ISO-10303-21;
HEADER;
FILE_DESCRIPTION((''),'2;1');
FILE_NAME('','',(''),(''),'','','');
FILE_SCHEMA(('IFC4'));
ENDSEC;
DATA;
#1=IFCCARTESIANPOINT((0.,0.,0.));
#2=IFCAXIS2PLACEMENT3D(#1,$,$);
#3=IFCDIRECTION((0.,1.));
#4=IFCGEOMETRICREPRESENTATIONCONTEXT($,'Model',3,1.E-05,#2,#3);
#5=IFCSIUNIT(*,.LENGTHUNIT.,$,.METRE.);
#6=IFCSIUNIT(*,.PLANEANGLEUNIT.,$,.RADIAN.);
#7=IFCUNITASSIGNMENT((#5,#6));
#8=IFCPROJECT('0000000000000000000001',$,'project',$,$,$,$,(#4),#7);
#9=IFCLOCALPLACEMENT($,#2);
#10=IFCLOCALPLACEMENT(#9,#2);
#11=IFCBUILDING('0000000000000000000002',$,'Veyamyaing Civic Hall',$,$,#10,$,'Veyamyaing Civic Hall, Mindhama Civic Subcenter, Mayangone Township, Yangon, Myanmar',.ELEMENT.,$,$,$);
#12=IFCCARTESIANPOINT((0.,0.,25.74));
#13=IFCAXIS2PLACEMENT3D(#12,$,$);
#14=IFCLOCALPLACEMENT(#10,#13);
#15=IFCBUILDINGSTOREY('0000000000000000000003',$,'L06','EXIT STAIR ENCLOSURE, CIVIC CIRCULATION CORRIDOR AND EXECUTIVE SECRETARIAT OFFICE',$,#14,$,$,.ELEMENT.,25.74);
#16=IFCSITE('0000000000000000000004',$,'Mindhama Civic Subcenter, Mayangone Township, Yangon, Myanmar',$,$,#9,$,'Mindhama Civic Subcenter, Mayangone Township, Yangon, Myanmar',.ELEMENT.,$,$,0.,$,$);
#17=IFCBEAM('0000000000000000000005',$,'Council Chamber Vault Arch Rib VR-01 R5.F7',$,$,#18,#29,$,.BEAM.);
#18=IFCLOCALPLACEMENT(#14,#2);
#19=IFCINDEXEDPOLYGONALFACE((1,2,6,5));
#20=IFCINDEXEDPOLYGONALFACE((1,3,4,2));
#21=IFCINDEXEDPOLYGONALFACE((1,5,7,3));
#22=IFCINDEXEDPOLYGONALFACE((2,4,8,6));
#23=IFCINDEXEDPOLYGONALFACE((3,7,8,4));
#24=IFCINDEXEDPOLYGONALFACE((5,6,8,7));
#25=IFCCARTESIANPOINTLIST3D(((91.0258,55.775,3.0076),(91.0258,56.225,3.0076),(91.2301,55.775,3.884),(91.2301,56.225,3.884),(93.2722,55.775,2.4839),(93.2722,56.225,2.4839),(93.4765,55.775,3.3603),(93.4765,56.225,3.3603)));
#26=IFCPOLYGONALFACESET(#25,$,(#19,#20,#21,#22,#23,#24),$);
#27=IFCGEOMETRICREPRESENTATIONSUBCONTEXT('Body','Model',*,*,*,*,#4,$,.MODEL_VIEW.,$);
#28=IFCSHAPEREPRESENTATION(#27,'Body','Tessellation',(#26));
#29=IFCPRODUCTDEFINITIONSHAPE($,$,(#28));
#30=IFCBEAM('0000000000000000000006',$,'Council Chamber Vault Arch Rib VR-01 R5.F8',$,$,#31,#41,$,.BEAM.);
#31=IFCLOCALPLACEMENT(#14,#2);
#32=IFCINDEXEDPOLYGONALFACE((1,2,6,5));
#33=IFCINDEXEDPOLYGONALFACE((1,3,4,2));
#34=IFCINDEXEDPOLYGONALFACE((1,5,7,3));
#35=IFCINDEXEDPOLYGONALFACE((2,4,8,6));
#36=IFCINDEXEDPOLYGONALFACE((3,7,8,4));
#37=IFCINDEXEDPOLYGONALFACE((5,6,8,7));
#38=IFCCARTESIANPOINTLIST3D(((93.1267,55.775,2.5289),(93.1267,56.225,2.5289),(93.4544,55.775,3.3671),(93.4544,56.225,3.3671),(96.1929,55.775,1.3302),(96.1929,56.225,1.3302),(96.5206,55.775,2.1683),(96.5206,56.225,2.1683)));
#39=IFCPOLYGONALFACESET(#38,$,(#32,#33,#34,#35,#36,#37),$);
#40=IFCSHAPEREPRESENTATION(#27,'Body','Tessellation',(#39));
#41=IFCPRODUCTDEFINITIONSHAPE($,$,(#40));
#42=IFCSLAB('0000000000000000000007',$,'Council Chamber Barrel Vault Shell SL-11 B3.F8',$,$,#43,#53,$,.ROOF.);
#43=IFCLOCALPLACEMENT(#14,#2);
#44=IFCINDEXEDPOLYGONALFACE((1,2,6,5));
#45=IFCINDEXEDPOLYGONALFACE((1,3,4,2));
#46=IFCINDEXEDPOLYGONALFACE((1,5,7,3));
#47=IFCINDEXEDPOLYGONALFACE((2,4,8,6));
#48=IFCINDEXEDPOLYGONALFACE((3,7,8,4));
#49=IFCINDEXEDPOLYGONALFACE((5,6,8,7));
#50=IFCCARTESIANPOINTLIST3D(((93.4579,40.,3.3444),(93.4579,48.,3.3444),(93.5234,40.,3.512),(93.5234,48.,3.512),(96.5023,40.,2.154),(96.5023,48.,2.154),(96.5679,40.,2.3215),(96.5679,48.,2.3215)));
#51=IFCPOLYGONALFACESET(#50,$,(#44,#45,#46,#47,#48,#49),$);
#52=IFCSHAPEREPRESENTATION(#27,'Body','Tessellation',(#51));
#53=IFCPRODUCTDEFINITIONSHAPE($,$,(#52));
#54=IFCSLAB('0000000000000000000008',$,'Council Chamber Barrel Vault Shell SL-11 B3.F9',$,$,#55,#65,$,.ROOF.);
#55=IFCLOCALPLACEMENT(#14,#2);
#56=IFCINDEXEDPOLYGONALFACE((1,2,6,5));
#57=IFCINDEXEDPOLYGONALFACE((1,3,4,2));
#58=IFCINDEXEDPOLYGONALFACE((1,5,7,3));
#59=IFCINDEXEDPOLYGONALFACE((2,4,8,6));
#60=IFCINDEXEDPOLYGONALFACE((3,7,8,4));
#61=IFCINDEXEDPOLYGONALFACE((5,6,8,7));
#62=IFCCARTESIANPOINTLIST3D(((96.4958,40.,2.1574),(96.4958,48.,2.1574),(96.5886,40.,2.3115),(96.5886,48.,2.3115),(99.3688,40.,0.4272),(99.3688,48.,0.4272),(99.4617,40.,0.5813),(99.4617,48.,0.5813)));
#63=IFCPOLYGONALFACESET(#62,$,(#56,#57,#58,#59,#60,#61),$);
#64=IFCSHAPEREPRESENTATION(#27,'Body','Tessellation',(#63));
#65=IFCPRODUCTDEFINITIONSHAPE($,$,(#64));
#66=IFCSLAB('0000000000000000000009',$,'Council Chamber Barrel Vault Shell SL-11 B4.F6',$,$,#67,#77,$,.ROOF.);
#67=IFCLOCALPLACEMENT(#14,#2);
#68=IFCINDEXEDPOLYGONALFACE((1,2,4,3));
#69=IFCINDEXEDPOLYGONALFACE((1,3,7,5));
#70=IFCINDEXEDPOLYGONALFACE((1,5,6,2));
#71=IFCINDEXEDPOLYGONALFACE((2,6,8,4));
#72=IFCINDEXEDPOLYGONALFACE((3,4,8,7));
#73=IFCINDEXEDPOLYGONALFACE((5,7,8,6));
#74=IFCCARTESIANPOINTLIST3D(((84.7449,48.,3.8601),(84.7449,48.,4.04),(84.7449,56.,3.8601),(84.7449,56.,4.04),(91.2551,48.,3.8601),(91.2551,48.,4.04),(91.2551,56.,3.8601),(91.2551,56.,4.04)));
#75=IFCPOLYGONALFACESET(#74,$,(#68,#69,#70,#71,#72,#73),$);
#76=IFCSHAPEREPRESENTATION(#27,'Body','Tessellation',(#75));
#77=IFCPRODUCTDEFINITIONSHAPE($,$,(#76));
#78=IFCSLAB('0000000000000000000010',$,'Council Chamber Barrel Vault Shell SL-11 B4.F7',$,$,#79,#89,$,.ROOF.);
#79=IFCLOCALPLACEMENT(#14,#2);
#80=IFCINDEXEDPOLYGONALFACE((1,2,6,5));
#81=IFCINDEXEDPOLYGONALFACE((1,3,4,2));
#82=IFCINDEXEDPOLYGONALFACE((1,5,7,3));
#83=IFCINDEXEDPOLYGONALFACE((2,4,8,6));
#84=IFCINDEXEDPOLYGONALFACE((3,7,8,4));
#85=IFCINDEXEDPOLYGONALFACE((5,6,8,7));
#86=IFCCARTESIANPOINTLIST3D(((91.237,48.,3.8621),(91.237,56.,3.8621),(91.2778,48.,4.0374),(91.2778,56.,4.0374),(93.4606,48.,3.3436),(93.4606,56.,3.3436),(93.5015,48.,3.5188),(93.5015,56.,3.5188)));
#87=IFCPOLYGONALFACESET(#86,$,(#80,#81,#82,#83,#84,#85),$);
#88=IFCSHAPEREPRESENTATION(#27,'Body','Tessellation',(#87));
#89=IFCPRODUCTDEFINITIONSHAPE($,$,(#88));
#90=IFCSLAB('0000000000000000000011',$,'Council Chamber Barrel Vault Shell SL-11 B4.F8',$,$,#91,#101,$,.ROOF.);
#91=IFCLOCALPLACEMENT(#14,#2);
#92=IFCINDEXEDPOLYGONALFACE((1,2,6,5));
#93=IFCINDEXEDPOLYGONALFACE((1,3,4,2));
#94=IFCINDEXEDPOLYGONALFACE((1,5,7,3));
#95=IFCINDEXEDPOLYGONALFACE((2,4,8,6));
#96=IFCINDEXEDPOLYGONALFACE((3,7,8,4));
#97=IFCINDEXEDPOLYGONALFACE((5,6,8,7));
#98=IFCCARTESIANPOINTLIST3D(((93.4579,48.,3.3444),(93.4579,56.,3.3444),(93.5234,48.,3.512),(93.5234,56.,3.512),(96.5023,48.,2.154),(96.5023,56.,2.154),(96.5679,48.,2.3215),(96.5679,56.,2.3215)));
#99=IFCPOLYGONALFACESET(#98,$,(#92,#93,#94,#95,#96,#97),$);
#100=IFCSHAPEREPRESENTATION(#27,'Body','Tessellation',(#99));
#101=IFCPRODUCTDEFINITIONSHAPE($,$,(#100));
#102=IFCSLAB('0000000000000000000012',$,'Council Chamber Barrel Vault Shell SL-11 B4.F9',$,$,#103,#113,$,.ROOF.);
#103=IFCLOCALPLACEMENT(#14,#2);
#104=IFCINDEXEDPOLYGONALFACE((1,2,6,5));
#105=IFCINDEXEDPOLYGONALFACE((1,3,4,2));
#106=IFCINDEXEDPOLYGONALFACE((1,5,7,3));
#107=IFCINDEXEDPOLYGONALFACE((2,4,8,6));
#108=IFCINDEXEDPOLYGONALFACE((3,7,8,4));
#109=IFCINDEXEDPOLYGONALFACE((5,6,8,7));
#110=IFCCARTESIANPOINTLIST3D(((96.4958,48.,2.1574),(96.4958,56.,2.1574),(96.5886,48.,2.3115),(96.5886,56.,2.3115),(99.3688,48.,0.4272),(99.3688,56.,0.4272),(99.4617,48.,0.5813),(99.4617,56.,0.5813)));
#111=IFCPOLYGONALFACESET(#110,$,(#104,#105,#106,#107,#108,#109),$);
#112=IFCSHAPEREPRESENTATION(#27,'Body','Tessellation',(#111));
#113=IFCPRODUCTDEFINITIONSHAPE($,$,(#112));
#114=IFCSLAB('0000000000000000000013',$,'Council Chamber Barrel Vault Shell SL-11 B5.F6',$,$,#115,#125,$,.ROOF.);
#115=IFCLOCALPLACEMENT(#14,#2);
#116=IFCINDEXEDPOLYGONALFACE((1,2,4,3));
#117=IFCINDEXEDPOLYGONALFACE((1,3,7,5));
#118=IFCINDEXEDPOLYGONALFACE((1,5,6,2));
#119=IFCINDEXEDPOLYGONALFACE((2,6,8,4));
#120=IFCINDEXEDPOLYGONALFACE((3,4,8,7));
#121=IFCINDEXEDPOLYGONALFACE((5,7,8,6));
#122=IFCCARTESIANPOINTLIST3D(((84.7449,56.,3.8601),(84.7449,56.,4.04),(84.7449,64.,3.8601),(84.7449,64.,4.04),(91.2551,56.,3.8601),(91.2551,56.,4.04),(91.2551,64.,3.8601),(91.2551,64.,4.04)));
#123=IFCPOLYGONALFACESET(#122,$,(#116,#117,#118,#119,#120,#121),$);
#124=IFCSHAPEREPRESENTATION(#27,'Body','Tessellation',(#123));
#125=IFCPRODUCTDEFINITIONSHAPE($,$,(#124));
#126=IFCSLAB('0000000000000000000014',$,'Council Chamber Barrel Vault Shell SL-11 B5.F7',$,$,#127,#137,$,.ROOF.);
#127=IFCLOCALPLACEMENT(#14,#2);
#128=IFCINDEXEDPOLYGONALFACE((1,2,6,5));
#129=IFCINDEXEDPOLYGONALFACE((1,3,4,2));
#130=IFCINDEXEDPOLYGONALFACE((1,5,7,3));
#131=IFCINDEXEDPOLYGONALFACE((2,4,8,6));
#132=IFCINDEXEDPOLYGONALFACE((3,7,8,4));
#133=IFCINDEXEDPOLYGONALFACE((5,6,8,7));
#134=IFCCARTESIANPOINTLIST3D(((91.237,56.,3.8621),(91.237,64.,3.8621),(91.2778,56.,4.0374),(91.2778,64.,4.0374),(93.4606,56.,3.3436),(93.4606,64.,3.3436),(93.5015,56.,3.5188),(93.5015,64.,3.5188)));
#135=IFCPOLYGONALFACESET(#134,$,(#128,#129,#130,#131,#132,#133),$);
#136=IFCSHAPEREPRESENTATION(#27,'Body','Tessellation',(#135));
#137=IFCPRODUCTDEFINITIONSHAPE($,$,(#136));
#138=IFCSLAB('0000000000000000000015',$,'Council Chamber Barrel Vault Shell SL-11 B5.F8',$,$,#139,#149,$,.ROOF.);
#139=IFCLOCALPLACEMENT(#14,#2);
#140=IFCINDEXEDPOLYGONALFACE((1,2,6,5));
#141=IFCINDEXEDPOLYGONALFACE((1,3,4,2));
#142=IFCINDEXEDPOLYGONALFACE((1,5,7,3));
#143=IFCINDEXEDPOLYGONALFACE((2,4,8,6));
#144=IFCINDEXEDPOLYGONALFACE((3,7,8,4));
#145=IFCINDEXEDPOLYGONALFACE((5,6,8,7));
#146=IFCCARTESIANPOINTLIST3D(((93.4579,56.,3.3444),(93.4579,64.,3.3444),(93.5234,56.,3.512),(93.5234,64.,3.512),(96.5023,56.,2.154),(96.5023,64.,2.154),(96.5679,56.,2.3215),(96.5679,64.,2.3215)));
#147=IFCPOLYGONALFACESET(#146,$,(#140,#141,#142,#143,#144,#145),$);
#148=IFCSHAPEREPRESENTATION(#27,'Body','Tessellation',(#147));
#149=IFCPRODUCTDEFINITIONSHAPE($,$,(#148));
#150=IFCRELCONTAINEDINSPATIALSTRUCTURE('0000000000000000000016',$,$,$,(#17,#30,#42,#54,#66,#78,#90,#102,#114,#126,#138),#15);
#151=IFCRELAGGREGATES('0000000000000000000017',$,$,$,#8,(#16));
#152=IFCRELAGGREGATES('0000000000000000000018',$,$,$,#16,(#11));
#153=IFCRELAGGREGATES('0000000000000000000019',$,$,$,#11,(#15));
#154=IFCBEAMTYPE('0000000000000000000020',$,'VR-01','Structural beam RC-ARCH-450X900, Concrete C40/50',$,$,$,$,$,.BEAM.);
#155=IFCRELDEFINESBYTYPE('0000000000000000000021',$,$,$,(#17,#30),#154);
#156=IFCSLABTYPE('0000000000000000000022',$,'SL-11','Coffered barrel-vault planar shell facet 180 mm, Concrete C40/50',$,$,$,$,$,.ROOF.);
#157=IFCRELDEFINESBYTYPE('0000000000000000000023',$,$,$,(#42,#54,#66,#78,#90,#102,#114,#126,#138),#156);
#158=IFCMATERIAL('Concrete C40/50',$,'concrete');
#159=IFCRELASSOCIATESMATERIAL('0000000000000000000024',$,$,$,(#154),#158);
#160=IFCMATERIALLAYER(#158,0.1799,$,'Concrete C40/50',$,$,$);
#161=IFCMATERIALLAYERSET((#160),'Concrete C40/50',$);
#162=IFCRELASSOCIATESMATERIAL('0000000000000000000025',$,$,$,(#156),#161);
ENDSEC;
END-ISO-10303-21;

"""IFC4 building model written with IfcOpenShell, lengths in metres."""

from ifc_helpers import new_model, si_unit, direction, frame, origin, origin_2d, place, context, subcontext, project, spatial, polyline, rectangle, outline, extrude, material, layer, layer_set, material_profile, profile_set, type_object, element, save


model = new_model("IFC4")

# Units and contexts
model_context = context("Model", 3, precision=1e-05, world=origin(), true_north=direction((0.0, 1.0)))
body_context = subcontext(model_context, "Body", "Model", "MODEL_VIEW")
ifc_project = project(units=[si_unit("LENGTHUNIT", "METRE"), si_unit("PLANEANGLEUNIT", "RADIAN")], contexts=[model_context])

# Site, building, storey
site_placement = place(None, origin())
site = spatial("IfcSite", under=ifc_project, at=site_placement, Name="Mindhama Civic Subcenter, Mayangone Township, Yangon, Myanmar", LongName="Mindhama Civic Subcenter, Mayangone Township, Yangon, Myanmar", CompositionType="ELEMENT", RefElevation=0.0)
building_placement = place(site_placement, origin())
building = spatial("IfcBuilding", under=site, at=building_placement, Name="Veyamyaing Civic Hall", LongName="Veyamyaing Civic Hall, Mindhama Civic Subcenter, Mayangone Township, Yangon, Myanmar", CompositionType="ELEMENT")
storey_placement = place(building_placement, frame((0.0, 0.0, 25.74)))
storey = spatial("IfcBuildingStorey", under=building, at=storey_placement, Name="L06", Description="EXIT STAIR ENCLOSURE, CIVIC CIRCULATION CORRIDOR AND EXECUTIVE SECRETARIAT OFFICE", CompositionType="ELEMENT", Elevation=25.74)

# Beams
ifc_material = material(Name="Concrete C40/50", Category="concrete")
ifc_material_profile_1 = material_profile(ifc_material, rectangle(XDim=0.45, YDim=0.8999, at=origin_2d()), Name="RC-ARCH-450X900")
ifc_profile_set_1 = profile_set([ifc_material_profile_1], Name="Concrete C40/50")
beam_type_1 = type_object("IfcBeamType", Name="VR-01", Description="Structural beam RC-ARCH-450X900, Concrete C40/50", PredefinedType="BEAM", material=ifc_profile_set_1)
beam_1_placement = place(storey_placement, frame((91.1279, 56.0, 3.4458), z_axis=(0.973886, 0.0, -0.227039), x_axis=(0.0, 1.0, 0.0)))
element("IfcBeam", 1, at=beam_1_placement, inside=storey, type_object=beam_type_1, Name="Council Chamber Vault Arch Rib VR-01 R5.F7", PredefinedType="BEAM", context=body_context, shape_type="SweptSolid", body=[
    extrude(rectangle(XDim=0.45, YDim=0.8999, at=origin_2d()), origin(), (0.0, 0.0, 1.0), 2.3066),
])
beam_2_placement = place(storey_placement, frame((93.2905, 56.0, 2.948), z_axis=(0.931353, 0.0, -0.364117), x_axis=(0.0, 1.0, 0.0)))
element("IfcBeam", 2, at=beam_2_placement, inside=storey, type_object=beam_type_1, Name="Council Chamber Vault Arch Rib VR-01 R5.F8", PredefinedType="BEAM", context=body_context, shape_type="SweptSolid", body=[
    extrude(rectangle(XDim=0.45, YDim=0.8999, at=origin_2d()), origin(), (0.0, 0.0, 1.0), 3.2922),
])

# Slabs
ifc_layer = layer(ifc_material, 0.1799, Name="Concrete C40/50")
ifc_layer_set = layer_set([ifc_layer], Name="Concrete C40/50")
slab_type = type_object("IfcSlabType", Name="SL-11", Description="Coffered barrel-vault planar shell facet 180 mm, Concrete C40/50", PredefinedType="ROOF", material=ifc_layer_set)
slab_1_placement = place(storey_placement, frame((93.5234, 40.0, 3.512), z_axis=(0.364168, 0.0, 0.931333), x_axis=(0.931333, 0.0, -0.364168)))
element("IfcSlab", 3, at=slab_1_placement, inside=storey, type_object=slab_type, Name="Council Chamber Barrel Vault Shell SL-11 B3.F8", PredefinedType="ROOF", context=body_context, shape_type="SweptSolid", body=[
    extrude(outline(polyline([(0.0, 0.0), (3.2689, 0.0), (3.2689, 8.0), (0.0, 8.0), (0.0, 0.0)])), origin(), (0.0, 0.0, -1.0), 0.1799),
])
slab_2_placement = place(storey_placement, frame((96.5886, 40.0, 2.3115), z_axis=(0.515897, 0.0, 0.85665), x_axis=(0.85665, 0.0, -0.515897)))
element("IfcSlab", 4, at=slab_2_placement, inside=storey, type_object=slab_type, Name="Council Chamber Barrel Vault Shell SL-11 B3.F9", PredefinedType="ROOF", context=body_context, shape_type="SweptSolid", body=[
    extrude(outline(polyline([(0.0, 0.0), (3.3538, 0.0), (3.3538, 8.0), (0.0, 8.0), (0.0, 0.0)])), origin(), (0.0, 0.0, -1.0), 0.1799),
])
slab_3_placement = place(storey_placement, frame((84.7449, 48.0, 4.04), z_axis=(0.0, 0.0, 1.0), x_axis=(1.0, 0.0, 0.0)))
element("IfcSlab", 5, at=slab_3_placement, inside=storey, type_object=slab_type, Name="Council Chamber Barrel Vault Shell SL-11 B4.F6", PredefinedType="ROOF", context=body_context, shape_type="SweptSolid", body=[
    extrude(outline(polyline([(0.0, 0.0), (6.5103, 0.0), (6.5103, 8.0), (0.0, 8.0), (0.0, 0.0)])), origin(), (0.0, 0.0, -1.0), 0.1799),
])
slab_4_placement = place(storey_placement, frame((91.2778, 48.0, 4.0374), z_axis=(0.227108, 0.0, 0.97387), x_axis=(0.97387, 0.0, -0.227108)))
element("IfcSlab", 6, at=slab_4_placement, inside=storey, type_object=slab_type, Name="Council Chamber Barrel Vault Shell SL-11 B4.F7", PredefinedType="ROOF", context=body_context, shape_type="SweptSolid", body=[
    extrude(outline(polyline([(0.0, 0.0), (2.2833, 0.0), (2.2833, 8.0), (0.0, 8.0), (0.0, 0.0)])), origin(), (0.0, 0.0, -1.0), 0.1799),
])
slab_5_placement = place(storey_placement, frame((93.5234, 48.0, 3.512), z_axis=(0.364168, 0.0, 0.931333), x_axis=(0.931333, 0.0, -0.364168)))
element("IfcSlab", 7, at=slab_5_placement, inside=storey, type_object=slab_type, Name="Council Chamber Barrel Vault Shell SL-11 B4.F8", PredefinedType="ROOF", context=body_context, shape_type="SweptSolid", body=[
    extrude(outline(polyline([(0.0, 0.0), (3.2689, 0.0), (3.2689, 8.0), (0.0, 8.0), (0.0, 0.0)])), origin(), (0.0, 0.0, -1.0), 0.1799),
])
slab_6_placement = place(storey_placement, frame((96.5886, 48.0, 2.3115), z_axis=(0.515897, 0.0, 0.85665), x_axis=(0.85665, 0.0, -0.515897)))
element("IfcSlab", 8, at=slab_6_placement, inside=storey, type_object=slab_type, Name="Council Chamber Barrel Vault Shell SL-11 B4.F9", PredefinedType="ROOF", context=body_context, shape_type="SweptSolid", body=[
    extrude(outline(polyline([(0.0, 0.0), (3.3538, 0.0), (3.3538, 8.0), (0.0, 8.0), (0.0, 0.0)])), origin(), (0.0, 0.0, -1.0), 0.1799),
])
slab_7_placement = place(storey_placement, frame((84.7449, 56.0, 4.04), z_axis=(0.0, 0.0, 1.0), x_axis=(1.0, 0.0, 0.0)))
element("IfcSlab", 9, at=slab_7_placement, inside=storey, type_object=slab_type, Name="Council Chamber Barrel Vault Shell SL-11 B5.F6", PredefinedType="ROOF", context=body_context, shape_type="SweptSolid", body=[
    extrude(outline(polyline([(0.0, 0.0), (6.5103, 0.0), (6.5103, 8.0), (0.0, 8.0), (0.0, 0.0)])), origin(), (0.0, 0.0, -1.0), 0.1799),
])
slab_8_placement = place(storey_placement, frame((91.2778, 56.0, 4.0374), z_axis=(0.227108, 0.0, 0.97387), x_axis=(0.97387, 0.0, -0.227108)))
element("IfcSlab", 10, at=slab_8_placement, inside=storey, type_object=slab_type, Name="Council Chamber Barrel Vault Shell SL-11 B5.F7", PredefinedType="ROOF", context=body_context, shape_type="SweptSolid", body=[
    extrude(outline(polyline([(0.0, 0.0), (2.2833, 0.0), (2.2833, 8.0), (0.0, 8.0), (0.0, 0.0)])), origin(), (0.0, 0.0, -1.0), 0.1799),
])
slab_9_placement = place(storey_placement, frame((93.5234, 56.0, 3.512), z_axis=(0.364168, 0.0, 0.931333), x_axis=(0.931333, 0.0, -0.364168)))
element("IfcSlab", 11, at=slab_9_placement, inside=storey, type_object=slab_type, Name="Council Chamber Barrel Vault Shell SL-11 B5.F8", PredefinedType="ROOF", context=body_context, shape_type="SweptSolid", body=[
    extrude(outline(polyline([(0.0, 0.0), (3.2689, 0.0), (3.2689, 8.0), (0.0, 8.0), (0.0, 0.0)])), origin(), (0.0, 0.0, -1.0), 0.1799),
])

save(model, "model.ifc")
